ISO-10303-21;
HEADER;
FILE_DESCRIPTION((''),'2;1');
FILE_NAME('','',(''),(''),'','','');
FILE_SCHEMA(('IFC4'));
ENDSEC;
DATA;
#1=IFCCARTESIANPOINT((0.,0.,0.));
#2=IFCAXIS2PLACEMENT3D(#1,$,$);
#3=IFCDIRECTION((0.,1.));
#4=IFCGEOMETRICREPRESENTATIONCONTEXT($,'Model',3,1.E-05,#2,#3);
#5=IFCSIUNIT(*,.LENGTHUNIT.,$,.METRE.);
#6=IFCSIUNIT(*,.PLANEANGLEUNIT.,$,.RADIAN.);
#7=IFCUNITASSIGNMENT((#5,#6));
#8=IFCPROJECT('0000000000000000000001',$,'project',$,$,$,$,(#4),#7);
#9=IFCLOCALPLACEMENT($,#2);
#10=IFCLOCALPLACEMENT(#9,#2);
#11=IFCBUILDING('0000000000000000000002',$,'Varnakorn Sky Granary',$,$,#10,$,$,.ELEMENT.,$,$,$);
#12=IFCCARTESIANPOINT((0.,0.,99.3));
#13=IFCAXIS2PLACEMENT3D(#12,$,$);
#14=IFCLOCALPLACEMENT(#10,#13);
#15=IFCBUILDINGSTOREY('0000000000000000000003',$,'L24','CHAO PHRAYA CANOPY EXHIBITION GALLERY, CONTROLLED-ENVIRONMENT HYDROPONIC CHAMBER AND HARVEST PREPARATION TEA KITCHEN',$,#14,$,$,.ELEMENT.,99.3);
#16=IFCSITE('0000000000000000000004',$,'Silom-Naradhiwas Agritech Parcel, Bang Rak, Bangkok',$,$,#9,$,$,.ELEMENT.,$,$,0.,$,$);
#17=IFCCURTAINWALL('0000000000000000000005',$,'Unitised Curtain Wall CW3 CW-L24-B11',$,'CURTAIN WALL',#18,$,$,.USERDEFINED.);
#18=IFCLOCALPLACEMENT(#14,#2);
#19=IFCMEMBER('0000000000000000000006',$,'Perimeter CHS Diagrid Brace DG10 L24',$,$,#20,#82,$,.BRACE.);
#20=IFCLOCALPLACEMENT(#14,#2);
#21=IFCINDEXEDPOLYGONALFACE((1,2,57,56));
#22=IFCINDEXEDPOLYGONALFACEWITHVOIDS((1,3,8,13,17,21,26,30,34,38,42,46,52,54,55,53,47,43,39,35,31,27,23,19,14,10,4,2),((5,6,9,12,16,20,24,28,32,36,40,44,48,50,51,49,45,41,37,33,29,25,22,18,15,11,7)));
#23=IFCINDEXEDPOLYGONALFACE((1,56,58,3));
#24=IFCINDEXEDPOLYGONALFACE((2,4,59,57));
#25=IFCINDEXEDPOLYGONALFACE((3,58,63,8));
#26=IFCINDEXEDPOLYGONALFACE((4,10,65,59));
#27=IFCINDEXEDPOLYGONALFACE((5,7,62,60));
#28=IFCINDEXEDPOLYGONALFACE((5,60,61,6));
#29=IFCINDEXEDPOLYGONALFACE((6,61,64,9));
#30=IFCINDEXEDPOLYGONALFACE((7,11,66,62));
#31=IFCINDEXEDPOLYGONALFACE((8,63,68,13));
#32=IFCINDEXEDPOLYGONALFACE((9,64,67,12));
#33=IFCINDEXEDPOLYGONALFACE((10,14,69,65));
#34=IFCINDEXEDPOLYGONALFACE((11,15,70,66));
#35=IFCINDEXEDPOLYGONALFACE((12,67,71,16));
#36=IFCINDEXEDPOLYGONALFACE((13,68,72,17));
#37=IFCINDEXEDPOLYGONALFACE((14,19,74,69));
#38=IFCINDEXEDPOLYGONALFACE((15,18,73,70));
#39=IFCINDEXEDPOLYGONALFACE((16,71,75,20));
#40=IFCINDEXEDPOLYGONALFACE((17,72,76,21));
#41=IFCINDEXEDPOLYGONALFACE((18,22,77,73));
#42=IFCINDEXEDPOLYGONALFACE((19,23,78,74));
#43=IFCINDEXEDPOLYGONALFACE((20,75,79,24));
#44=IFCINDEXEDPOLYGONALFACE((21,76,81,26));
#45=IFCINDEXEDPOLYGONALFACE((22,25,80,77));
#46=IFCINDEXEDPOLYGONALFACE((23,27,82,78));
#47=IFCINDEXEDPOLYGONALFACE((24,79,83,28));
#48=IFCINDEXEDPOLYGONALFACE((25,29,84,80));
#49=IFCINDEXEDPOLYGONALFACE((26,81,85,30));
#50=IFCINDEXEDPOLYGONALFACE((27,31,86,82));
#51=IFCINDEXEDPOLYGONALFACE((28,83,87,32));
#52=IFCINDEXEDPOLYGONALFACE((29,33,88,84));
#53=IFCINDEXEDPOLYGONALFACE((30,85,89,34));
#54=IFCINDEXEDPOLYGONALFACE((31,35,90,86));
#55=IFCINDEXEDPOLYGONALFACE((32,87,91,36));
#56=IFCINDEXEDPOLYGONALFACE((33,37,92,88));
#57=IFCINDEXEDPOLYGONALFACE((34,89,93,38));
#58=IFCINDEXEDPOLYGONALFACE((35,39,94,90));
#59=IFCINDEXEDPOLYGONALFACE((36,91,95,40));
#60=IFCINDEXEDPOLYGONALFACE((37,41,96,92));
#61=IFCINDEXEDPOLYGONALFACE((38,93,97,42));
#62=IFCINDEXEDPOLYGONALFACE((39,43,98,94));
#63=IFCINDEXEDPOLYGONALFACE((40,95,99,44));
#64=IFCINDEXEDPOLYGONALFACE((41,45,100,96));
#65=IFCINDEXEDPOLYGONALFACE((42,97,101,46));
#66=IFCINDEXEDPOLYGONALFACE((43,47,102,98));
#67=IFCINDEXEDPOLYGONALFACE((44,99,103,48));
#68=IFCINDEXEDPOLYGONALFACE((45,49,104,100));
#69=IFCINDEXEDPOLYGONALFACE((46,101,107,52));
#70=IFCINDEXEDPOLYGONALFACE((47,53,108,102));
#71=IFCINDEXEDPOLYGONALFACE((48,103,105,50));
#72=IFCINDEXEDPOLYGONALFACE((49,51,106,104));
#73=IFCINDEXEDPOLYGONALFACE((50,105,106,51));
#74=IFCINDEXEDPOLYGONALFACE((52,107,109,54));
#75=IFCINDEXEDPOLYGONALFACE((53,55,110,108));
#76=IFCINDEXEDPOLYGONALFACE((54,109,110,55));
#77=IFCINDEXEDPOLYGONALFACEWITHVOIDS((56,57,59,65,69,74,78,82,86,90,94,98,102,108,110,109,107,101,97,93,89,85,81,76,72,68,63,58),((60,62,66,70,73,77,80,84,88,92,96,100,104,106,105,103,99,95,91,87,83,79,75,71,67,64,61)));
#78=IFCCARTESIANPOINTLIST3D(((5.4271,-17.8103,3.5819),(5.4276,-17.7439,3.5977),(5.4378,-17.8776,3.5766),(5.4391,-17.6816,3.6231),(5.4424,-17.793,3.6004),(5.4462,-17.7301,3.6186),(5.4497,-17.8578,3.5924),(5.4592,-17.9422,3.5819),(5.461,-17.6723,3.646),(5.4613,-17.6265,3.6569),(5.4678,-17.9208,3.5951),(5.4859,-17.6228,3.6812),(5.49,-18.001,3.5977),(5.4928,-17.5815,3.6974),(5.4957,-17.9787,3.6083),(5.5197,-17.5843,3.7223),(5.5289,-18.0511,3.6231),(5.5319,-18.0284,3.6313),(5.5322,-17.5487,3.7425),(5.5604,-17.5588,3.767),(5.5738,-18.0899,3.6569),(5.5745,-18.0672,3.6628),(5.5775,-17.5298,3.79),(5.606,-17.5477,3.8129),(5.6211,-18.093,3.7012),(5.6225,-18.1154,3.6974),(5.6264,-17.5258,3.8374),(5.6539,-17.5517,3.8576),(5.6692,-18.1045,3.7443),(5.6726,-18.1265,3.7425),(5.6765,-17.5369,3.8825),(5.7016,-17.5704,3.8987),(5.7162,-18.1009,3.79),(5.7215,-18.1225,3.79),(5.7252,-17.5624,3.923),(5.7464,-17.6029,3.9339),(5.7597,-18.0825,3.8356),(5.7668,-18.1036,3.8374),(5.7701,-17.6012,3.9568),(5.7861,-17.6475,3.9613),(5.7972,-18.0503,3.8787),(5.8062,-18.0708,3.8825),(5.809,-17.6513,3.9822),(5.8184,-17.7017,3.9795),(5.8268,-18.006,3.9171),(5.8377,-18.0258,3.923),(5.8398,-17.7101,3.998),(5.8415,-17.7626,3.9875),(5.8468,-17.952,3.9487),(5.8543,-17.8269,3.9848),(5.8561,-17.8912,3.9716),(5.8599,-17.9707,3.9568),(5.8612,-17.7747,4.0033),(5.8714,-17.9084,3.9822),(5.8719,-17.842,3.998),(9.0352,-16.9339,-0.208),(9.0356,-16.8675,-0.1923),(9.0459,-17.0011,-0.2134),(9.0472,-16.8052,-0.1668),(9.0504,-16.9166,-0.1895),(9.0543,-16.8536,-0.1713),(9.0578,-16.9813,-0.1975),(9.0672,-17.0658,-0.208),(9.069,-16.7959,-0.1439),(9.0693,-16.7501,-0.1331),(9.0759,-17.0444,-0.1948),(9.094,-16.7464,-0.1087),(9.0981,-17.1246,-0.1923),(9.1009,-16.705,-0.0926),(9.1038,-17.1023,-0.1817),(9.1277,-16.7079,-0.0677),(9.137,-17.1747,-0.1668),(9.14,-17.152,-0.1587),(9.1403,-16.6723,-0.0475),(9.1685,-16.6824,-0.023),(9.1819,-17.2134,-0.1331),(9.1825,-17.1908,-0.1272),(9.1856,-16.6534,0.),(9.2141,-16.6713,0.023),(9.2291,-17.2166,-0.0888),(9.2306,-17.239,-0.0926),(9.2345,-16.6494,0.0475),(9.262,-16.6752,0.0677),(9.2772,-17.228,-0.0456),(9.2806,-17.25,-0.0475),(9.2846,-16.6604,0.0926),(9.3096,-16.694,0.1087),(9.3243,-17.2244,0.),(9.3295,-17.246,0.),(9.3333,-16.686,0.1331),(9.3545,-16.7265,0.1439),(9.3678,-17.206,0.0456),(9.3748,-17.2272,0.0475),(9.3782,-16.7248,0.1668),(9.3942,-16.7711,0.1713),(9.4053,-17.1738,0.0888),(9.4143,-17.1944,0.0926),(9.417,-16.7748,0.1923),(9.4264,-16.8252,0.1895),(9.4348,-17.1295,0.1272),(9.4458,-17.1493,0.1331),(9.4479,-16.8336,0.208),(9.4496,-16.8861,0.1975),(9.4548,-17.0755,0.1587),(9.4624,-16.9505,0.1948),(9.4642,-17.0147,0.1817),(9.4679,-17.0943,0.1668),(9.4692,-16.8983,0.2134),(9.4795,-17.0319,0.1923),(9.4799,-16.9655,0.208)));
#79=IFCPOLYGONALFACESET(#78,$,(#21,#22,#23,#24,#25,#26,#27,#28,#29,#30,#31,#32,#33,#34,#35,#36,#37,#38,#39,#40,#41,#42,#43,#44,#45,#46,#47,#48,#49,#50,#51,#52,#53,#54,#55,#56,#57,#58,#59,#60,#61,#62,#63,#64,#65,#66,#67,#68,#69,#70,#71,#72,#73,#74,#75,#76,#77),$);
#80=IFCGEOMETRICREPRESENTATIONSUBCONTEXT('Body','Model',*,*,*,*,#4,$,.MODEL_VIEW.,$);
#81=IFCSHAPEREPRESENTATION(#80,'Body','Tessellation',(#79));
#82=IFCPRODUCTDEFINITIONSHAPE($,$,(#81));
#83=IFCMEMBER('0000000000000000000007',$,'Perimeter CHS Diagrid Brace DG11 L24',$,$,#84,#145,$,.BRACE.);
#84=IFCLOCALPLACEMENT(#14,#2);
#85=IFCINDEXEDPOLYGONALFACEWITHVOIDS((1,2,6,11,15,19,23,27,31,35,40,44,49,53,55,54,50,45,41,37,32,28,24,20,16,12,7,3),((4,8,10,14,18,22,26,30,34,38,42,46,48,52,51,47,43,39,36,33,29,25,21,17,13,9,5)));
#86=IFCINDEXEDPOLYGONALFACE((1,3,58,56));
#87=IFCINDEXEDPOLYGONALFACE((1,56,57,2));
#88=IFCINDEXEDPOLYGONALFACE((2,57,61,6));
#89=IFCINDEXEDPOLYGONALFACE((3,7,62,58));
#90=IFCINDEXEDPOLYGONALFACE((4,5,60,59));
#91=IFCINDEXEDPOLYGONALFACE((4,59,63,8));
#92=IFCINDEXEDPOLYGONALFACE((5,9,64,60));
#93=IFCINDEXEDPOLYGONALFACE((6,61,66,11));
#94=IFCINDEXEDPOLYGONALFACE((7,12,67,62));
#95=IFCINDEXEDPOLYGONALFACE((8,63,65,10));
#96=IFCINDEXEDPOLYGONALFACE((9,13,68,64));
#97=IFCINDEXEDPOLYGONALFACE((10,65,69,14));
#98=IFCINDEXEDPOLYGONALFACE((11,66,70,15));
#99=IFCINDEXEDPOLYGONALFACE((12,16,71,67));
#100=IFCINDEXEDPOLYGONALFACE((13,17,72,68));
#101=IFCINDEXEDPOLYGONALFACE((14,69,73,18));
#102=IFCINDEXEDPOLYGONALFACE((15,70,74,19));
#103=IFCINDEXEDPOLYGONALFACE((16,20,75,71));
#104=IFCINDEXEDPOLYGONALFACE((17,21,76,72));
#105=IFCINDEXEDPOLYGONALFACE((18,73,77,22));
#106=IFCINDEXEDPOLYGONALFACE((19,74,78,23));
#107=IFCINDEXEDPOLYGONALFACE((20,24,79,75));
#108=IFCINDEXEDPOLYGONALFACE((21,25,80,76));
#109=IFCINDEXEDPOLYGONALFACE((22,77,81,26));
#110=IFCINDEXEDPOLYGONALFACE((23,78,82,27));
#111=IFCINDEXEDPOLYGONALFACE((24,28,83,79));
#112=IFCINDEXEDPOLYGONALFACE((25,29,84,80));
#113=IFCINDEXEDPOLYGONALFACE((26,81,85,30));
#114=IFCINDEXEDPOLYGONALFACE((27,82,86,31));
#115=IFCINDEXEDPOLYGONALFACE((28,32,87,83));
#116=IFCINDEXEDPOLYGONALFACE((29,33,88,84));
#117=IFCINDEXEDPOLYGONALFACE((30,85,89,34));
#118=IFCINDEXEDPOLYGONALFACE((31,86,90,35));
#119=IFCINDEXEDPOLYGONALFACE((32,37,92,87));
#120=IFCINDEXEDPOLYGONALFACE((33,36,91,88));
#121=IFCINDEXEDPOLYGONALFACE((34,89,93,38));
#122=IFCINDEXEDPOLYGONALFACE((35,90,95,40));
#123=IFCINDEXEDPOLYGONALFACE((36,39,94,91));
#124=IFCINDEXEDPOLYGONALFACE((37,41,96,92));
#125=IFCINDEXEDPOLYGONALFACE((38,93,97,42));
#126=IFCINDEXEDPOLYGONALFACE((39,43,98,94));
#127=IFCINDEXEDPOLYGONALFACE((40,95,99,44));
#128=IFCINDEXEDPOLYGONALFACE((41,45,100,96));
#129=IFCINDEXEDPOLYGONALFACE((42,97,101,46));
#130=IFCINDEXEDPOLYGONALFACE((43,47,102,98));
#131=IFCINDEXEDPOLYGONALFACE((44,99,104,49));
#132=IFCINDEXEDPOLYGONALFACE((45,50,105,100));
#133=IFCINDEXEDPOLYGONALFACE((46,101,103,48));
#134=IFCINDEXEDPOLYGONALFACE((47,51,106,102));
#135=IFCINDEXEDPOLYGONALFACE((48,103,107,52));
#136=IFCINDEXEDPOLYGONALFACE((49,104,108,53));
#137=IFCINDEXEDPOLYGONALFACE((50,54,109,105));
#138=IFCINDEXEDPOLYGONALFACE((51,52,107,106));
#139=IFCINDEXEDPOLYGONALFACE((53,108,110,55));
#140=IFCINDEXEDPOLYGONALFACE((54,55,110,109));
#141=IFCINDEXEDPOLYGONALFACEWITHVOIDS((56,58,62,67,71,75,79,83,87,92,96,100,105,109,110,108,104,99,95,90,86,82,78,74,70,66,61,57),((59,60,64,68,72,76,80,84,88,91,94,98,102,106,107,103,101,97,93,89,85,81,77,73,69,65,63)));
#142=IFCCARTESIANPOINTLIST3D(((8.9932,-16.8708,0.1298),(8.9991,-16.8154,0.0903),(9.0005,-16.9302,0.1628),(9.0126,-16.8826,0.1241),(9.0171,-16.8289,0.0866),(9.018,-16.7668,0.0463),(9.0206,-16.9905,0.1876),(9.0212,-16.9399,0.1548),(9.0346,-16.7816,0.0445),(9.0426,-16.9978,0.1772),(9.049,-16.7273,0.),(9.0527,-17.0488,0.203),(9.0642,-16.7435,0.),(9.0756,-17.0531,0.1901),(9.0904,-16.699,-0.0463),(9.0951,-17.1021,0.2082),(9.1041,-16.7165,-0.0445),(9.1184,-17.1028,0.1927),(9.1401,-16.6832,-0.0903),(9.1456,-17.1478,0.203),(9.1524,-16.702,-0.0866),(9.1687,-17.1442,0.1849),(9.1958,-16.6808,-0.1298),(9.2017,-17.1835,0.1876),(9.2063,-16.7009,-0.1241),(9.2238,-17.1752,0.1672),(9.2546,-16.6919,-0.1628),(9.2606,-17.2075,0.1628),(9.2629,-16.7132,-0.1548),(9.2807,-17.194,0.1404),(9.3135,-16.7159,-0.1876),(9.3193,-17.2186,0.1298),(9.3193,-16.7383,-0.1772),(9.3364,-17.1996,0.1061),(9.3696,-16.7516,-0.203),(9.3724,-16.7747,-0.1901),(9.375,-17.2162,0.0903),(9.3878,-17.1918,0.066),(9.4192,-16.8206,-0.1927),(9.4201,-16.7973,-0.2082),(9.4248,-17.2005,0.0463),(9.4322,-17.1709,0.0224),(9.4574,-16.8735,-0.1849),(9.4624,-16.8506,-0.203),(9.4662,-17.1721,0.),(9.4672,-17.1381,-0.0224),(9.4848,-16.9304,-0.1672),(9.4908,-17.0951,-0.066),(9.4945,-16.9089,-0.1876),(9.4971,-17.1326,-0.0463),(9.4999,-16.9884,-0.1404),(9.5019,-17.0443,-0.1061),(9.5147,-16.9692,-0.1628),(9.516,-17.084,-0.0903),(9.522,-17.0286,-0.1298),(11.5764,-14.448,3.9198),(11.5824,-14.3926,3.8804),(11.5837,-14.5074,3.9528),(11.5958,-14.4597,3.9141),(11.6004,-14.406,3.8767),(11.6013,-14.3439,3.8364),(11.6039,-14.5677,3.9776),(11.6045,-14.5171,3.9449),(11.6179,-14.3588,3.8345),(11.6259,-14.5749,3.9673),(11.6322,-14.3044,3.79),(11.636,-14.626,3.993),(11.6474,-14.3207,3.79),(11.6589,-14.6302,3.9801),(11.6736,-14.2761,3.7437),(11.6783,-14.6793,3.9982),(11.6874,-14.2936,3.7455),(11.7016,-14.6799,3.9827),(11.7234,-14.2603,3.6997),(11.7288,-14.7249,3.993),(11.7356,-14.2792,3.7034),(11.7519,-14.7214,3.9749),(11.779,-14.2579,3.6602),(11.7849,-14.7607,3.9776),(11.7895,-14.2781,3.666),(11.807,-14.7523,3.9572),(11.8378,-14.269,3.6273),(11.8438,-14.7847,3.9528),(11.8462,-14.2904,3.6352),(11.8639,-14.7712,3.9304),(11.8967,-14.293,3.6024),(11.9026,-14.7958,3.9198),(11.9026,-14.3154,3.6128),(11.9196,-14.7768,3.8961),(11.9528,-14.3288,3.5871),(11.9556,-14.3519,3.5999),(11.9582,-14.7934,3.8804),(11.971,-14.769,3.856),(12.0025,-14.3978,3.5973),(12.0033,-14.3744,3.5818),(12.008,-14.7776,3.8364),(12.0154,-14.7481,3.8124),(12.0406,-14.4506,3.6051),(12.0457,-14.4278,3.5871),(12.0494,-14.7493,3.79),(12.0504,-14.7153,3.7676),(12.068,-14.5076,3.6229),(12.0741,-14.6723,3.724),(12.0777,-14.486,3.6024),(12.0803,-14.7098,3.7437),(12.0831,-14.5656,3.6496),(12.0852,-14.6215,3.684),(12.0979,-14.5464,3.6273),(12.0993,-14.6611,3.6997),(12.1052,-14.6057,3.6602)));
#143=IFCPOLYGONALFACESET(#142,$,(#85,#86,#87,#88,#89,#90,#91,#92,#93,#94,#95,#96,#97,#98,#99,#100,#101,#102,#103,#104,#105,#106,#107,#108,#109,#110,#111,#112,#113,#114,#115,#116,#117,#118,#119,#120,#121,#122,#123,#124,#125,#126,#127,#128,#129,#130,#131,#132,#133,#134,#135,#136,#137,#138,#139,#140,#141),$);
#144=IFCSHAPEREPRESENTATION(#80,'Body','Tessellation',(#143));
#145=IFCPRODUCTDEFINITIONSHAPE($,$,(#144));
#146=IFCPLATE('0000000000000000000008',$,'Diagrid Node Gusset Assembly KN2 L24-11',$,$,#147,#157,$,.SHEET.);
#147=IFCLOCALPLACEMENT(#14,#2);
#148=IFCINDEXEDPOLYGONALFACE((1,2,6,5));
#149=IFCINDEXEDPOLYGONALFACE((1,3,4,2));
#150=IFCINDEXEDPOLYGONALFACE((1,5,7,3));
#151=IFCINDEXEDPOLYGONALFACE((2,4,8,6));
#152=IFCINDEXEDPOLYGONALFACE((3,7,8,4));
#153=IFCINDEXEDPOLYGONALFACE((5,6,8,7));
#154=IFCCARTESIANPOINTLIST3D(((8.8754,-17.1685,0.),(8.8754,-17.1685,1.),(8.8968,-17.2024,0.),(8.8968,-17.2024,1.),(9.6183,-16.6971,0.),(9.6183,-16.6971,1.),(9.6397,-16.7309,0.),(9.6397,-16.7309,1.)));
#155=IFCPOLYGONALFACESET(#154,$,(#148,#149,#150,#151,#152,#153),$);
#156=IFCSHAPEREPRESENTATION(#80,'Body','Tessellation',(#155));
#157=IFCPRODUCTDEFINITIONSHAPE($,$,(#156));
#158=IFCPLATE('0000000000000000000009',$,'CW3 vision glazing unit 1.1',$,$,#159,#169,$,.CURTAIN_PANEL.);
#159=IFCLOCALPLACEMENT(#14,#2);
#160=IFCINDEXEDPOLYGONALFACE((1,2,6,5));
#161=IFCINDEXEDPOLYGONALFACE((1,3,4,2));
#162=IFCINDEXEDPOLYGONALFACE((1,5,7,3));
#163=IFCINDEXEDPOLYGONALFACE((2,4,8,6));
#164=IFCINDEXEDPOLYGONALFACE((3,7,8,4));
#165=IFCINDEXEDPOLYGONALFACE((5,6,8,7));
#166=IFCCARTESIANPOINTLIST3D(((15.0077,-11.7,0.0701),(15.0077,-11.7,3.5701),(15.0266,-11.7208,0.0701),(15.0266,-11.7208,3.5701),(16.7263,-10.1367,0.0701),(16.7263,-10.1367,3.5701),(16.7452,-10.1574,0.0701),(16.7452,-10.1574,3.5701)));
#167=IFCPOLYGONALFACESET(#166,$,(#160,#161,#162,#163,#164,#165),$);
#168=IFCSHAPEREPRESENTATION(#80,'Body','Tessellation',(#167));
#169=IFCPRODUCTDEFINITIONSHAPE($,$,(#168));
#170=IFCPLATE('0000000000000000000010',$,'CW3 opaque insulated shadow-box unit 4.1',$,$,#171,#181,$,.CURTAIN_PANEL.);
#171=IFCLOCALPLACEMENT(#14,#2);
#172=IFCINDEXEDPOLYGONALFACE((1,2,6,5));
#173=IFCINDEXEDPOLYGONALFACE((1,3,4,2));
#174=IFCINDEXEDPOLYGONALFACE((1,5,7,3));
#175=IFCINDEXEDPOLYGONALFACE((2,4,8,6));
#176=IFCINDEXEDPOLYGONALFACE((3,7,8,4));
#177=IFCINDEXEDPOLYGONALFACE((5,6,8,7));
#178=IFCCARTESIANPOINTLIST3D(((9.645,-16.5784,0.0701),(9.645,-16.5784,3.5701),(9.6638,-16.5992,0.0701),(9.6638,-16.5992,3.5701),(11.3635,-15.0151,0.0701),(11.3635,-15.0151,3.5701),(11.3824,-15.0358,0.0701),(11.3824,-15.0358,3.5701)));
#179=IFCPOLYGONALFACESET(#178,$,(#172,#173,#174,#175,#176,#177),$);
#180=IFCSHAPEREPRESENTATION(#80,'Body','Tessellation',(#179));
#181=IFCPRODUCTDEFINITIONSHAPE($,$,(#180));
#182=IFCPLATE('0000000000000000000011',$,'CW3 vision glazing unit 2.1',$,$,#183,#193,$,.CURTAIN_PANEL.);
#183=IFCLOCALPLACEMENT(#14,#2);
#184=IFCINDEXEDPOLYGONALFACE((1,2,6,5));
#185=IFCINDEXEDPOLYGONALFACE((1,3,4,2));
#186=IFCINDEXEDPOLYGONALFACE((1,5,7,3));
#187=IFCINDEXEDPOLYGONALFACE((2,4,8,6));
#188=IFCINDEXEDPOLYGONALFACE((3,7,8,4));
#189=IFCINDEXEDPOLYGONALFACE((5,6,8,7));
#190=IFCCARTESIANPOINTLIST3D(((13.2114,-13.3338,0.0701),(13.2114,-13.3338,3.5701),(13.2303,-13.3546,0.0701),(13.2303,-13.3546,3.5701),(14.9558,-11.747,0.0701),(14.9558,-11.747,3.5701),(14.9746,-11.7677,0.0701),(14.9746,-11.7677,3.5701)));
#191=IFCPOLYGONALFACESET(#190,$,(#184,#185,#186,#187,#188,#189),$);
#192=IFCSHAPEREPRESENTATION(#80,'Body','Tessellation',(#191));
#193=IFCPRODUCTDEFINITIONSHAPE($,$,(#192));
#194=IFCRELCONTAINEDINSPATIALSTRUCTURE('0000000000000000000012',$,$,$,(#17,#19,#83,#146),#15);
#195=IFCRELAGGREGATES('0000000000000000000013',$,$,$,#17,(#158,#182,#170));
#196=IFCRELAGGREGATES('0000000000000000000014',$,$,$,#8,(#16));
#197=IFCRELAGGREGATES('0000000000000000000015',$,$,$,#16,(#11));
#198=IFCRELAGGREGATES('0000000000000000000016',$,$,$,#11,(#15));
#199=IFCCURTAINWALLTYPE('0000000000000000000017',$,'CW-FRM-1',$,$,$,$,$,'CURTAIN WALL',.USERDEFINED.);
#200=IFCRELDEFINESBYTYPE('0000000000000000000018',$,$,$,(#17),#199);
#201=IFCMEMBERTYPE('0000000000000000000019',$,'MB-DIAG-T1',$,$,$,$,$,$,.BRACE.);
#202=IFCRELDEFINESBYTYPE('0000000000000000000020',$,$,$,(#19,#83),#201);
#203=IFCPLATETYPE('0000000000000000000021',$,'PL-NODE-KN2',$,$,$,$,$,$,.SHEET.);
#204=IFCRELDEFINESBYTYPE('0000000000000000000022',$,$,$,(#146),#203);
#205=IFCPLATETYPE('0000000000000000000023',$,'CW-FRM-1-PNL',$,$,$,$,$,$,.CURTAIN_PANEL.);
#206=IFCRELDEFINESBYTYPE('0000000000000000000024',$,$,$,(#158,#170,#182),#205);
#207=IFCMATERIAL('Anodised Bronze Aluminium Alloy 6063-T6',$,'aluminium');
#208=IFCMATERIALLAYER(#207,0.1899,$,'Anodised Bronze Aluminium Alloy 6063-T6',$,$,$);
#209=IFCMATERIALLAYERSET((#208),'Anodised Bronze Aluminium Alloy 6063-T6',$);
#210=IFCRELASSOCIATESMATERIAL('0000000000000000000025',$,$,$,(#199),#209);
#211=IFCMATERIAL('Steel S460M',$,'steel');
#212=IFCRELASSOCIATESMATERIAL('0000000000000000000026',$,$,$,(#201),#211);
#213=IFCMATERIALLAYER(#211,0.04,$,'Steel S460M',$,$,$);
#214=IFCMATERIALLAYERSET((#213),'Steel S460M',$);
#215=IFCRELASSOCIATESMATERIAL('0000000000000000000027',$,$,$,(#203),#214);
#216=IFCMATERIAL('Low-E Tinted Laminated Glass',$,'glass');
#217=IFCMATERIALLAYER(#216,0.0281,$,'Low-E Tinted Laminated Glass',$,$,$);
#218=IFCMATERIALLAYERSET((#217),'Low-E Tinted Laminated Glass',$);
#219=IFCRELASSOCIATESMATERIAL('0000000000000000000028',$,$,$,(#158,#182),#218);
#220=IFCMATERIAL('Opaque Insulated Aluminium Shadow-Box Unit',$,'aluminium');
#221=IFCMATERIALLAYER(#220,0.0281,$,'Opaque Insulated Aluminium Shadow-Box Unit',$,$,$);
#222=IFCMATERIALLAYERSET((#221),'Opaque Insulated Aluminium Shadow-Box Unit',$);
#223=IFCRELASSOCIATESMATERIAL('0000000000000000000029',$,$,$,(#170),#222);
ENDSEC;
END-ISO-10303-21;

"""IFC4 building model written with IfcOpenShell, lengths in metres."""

from ifc_helpers import new_model, si_unit, direction, frame, origin, origin_2d, place, context, subcontext, project, spatial, rectangle, hollow_circle, extrude, source, transform, mapped, material, layer, layer_set, material_profile, profile_set, type_object, type_shapes, element, aggregate, save


model = new_model("IFC4")

# Units and contexts
model_context = context("Model", 3, precision=1e-05, world=origin(), true_north=direction((0.0, 1.0)))
body_context = subcontext(model_context, "Body", "Model", "MODEL_VIEW")
ifc_project = project(units=[si_unit("LENGTHUNIT", "METRE"), si_unit("PLANEANGLEUNIT", "RADIAN")], contexts=[model_context])

# Site, building, storey
site_placement = place(None, origin())
site = spatial("IfcSite", under=ifc_project, at=site_placement, Name="Silom-Naradhiwas Agritech Parcel, Bang Rak, Bangkok", CompositionType="ELEMENT", RefElevation=0.0)
building_placement = place(site_placement, origin())
building = spatial("IfcBuilding", under=site, at=building_placement, Name="Varnakorn Sky Granary", CompositionType="ELEMENT")
storey_placement = place(building_placement, frame((0.0, 0.0, 99.3)))
storey = spatial("IfcBuildingStorey", under=building, at=storey_placement, Name="L24", Description="CHAO PHRAYA CANOPY EXHIBITION GALLERY, CONTROLLED-ENVIRONMENT HYDROPONIC CHAMBER AND HARVEST PREPARATION TEA KITCHEN", CompositionType="ELEMENT", Elevation=99.3)

# Shared definitions
ifc_material_1 = material(Name="Steel S460M", Category="steel")

# Curtain wall
ifc_material_2 = material(Name="Anodised Bronze Aluminium Alloy 6063-T6", Category="aluminium")
ifc_layer_1 = layer(ifc_material_2, 0.1899, Name="Anodised Bronze Aluminium Alloy 6063-T6")
ifc_layer_set_1 = layer_set([ifc_layer_1], Name="Anodised Bronze Aluminium Alloy 6063-T6")
curtain_wall_type = type_object("IfcCurtainWallType", Name="CW-FRM-1", ElementType="CURTAIN WALL", PredefinedType="USERDEFINED", material=ifc_layer_set_1)
curtain_wall_placement = place(storey_placement, origin())
curtain_wall = element("IfcCurtainWall", 1, at=curtain_wall_placement, inside=storey, type_object=curtain_wall_type, Name="Unitised Curtain Wall CW3 CW-L24-B11", ObjectType="CURTAIN WALL", PredefinedType="USERDEFINED")

# Members
ifc_material_profile_1 = material_profile(ifc_material_1, hollow_circle(Radius=0.3049, WallThickness=0.0222, at=origin_2d()), Name="CHS 610x22")
ifc_profile_set_1 = profile_set([ifc_material_profile_1], Name="Steel S460M")
member_type_1 = type_object("IfcMemberType", Name="MB-DIAG-T1", PredefinedType="BRACE", material=ifc_profile_set_1)
member_1_placement = place(storey_placement, frame((9.2576, -16.9497, 0.0), z_axis=(-0.680041, -0.16519, 0.714322), x_axis=(0.236048, -0.971741, 0.0)))
element("IfcMember", 2, at=member_1_placement, inside=storey, type_object=member_type_1, Name="Perimeter CHS Diagrid Brace DG10 L24", PredefinedType="BRACE", context=body_context, shape_type="SweptSolid", body=[
    extrude(hollow_circle(Radius=0.3049, WallThickness=0.0222, at=origin_2d()), origin(), (0.0, 0.0, 1.0), 5.3057),
])
member_2_placement = place(storey_placement, frame((9.2576, -16.9497, 0.0), z_axis=(0.497998, 0.467076, 0.730642), x_axis=(-0.684099, 0.729389, 0.0)))
element("IfcMember", 3, at=member_2_placement, inside=storey, type_object=member_type_1, Name="Perimeter CHS Diagrid Brace DG11 L24", PredefinedType="BRACE", context=body_context, shape_type="SweptSolid", body=[
    extrude(hollow_circle(Radius=0.3049, WallThickness=0.0222, at=origin_2d()), origin(), (0.0, 0.0, 1.0), 5.1873),
])

# Plates
ifc_layer_2 = layer(ifc_material_1, 0.04, Name="Steel S460M")
ifc_layer_set_2 = layer_set([ifc_layer_2], Name="Steel S460M")
plate_type_1 = type_object("IfcPlateType", Name="PL-NODE-KN2", PredefinedType="SHEET", material=ifc_layer_set_2)
plate_1_placement = place(storey_placement, frame((9.2576, -16.9497, 0.0), z_axis=(0.0, 0.0, 1.0), x_axis=(0.844309, 0.535856, 0.0)))
element("IfcPlate", 4, at=plate_1_placement, inside=storey, type_object=plate_type_1, Name="Diagrid Node Gusset Assembly KN2 L24-11", PredefinedType="SHEET", context=body_context, shape_type="SweptSolid", body=[
    extrude(rectangle(XDim=0.8799, YDim=0.04, at=origin_2d()), origin(), (0.0, 0.0, 1.0), 1.0),
])
ifc_material_3 = material(Name="Low-E Tinted Laminated Glass", Category="glass")
ifc_layer_3 = layer(ifc_material_3, 0.0281, Name="Low-E Tinted Laminated Glass")
ifc_layer_set_3 = layer_set([ifc_layer_3], Name="Low-E Tinted Laminated Glass")
plate_type_2 = type_object("IfcPlateType", Name="CW-FRM-1-PNL", PredefinedType="CURTAIN_PANEL")
shared_shape_1 = source(origin(), body_context, "Body", "SweptSolid", [
    extrude(rectangle(XDim=2.3232, YDim=0.0281, at=origin_2d()), origin(), (0.0, 0.0, 1.0), 3.5),
])
plate_2_placement = place(storey_placement, frame((15.8765, -10.9287, 0.0701), z_axis=(0.0, 0.0, 1.0), x_axis=(-0.739716, -0.672919, 0.0)))
plate_2 = element("IfcPlate", 5, at=plate_2_placement, type_object=plate_type_2, material=ifc_layer_set_3, Name="CW3 vision glazing unit 1.1", PredefinedType="CURTAIN_PANEL", context=body_context, shape_type="MappedRepresentation", body=[
    mapped(shared_shape_1, transform((0.0, 0.0, 0.0), x_axis=(1.0, 0.0, 0.0), y_axis=(0.0, 1.0, 0.0), z_axis=(0.0, 0.0, 1.0), scale=1.0)),
])
ifc_material_4 = material(Name="Opaque Insulated Aluminium Shadow-Box Unit", Category="aluminium")
ifc_layer_4 = layer(ifc_material_4, 0.0281, Name="Opaque Insulated Aluminium Shadow-Box Unit")
ifc_layer_set_4 = layer_set([ifc_layer_4], Name="Opaque Insulated Aluminium Shadow-Box Unit")
plate_3_placement = place(storey_placement, frame((10.5137, -15.8071, 0.0701), z_axis=(0.0, 0.0, 1.0), x_axis=(-0.739716, -0.672919, 0.0)))
plate_3 = element("IfcPlate", 6, at=plate_3_placement, type_object=plate_type_2, material=ifc_layer_set_4, Name="CW3 opaque insulated shadow-box unit 4.1", PredefinedType="CURTAIN_PANEL", context=body_context, shape_type="MappedRepresentation", body=[
    mapped(shared_shape_1, transform((0.0, 0.0, 0.0), x_axis=(1.0, 0.0, 0.0), y_axis=(0.0, 1.0, 0.0), z_axis=(0.0, 0.0, 1.0), scale=1.0)),
])
shared_shape_2 = source(origin(), body_context, "Body", "SweptSolid", [
    extrude(rectangle(XDim=2.3582, YDim=0.0281, at=origin_2d()), origin(), (0.0, 0.0, 1.0), 3.5),
])
type_shapes(plate_type_2, [shared_shape_1, shared_shape_2])
plate_4_placement = place(storey_placement, frame((14.093, -12.5508, 0.0701), z_axis=(0.0, 0.0, 1.0), x_axis=(-0.739716, -0.672919, 0.0)))
plate_4 = element("IfcPlate", 7, at=plate_4_placement, type_object=plate_type_2, material=ifc_layer_set_3, Name="CW3 vision glazing unit 2.1", PredefinedType="CURTAIN_PANEL", context=body_context, shape_type="MappedRepresentation", body=[
    mapped(shared_shape_2, transform((0.0, 0.0, 0.0), x_axis=(1.0, 0.0, 0.0), y_axis=(0.0, 1.0, 0.0), z_axis=(0.0, 0.0, 1.0), scale=1.0)),
])
aggregate(curtain_wall, [plate_2, plate_4, plate_3])

save(model, "model.ifc")
